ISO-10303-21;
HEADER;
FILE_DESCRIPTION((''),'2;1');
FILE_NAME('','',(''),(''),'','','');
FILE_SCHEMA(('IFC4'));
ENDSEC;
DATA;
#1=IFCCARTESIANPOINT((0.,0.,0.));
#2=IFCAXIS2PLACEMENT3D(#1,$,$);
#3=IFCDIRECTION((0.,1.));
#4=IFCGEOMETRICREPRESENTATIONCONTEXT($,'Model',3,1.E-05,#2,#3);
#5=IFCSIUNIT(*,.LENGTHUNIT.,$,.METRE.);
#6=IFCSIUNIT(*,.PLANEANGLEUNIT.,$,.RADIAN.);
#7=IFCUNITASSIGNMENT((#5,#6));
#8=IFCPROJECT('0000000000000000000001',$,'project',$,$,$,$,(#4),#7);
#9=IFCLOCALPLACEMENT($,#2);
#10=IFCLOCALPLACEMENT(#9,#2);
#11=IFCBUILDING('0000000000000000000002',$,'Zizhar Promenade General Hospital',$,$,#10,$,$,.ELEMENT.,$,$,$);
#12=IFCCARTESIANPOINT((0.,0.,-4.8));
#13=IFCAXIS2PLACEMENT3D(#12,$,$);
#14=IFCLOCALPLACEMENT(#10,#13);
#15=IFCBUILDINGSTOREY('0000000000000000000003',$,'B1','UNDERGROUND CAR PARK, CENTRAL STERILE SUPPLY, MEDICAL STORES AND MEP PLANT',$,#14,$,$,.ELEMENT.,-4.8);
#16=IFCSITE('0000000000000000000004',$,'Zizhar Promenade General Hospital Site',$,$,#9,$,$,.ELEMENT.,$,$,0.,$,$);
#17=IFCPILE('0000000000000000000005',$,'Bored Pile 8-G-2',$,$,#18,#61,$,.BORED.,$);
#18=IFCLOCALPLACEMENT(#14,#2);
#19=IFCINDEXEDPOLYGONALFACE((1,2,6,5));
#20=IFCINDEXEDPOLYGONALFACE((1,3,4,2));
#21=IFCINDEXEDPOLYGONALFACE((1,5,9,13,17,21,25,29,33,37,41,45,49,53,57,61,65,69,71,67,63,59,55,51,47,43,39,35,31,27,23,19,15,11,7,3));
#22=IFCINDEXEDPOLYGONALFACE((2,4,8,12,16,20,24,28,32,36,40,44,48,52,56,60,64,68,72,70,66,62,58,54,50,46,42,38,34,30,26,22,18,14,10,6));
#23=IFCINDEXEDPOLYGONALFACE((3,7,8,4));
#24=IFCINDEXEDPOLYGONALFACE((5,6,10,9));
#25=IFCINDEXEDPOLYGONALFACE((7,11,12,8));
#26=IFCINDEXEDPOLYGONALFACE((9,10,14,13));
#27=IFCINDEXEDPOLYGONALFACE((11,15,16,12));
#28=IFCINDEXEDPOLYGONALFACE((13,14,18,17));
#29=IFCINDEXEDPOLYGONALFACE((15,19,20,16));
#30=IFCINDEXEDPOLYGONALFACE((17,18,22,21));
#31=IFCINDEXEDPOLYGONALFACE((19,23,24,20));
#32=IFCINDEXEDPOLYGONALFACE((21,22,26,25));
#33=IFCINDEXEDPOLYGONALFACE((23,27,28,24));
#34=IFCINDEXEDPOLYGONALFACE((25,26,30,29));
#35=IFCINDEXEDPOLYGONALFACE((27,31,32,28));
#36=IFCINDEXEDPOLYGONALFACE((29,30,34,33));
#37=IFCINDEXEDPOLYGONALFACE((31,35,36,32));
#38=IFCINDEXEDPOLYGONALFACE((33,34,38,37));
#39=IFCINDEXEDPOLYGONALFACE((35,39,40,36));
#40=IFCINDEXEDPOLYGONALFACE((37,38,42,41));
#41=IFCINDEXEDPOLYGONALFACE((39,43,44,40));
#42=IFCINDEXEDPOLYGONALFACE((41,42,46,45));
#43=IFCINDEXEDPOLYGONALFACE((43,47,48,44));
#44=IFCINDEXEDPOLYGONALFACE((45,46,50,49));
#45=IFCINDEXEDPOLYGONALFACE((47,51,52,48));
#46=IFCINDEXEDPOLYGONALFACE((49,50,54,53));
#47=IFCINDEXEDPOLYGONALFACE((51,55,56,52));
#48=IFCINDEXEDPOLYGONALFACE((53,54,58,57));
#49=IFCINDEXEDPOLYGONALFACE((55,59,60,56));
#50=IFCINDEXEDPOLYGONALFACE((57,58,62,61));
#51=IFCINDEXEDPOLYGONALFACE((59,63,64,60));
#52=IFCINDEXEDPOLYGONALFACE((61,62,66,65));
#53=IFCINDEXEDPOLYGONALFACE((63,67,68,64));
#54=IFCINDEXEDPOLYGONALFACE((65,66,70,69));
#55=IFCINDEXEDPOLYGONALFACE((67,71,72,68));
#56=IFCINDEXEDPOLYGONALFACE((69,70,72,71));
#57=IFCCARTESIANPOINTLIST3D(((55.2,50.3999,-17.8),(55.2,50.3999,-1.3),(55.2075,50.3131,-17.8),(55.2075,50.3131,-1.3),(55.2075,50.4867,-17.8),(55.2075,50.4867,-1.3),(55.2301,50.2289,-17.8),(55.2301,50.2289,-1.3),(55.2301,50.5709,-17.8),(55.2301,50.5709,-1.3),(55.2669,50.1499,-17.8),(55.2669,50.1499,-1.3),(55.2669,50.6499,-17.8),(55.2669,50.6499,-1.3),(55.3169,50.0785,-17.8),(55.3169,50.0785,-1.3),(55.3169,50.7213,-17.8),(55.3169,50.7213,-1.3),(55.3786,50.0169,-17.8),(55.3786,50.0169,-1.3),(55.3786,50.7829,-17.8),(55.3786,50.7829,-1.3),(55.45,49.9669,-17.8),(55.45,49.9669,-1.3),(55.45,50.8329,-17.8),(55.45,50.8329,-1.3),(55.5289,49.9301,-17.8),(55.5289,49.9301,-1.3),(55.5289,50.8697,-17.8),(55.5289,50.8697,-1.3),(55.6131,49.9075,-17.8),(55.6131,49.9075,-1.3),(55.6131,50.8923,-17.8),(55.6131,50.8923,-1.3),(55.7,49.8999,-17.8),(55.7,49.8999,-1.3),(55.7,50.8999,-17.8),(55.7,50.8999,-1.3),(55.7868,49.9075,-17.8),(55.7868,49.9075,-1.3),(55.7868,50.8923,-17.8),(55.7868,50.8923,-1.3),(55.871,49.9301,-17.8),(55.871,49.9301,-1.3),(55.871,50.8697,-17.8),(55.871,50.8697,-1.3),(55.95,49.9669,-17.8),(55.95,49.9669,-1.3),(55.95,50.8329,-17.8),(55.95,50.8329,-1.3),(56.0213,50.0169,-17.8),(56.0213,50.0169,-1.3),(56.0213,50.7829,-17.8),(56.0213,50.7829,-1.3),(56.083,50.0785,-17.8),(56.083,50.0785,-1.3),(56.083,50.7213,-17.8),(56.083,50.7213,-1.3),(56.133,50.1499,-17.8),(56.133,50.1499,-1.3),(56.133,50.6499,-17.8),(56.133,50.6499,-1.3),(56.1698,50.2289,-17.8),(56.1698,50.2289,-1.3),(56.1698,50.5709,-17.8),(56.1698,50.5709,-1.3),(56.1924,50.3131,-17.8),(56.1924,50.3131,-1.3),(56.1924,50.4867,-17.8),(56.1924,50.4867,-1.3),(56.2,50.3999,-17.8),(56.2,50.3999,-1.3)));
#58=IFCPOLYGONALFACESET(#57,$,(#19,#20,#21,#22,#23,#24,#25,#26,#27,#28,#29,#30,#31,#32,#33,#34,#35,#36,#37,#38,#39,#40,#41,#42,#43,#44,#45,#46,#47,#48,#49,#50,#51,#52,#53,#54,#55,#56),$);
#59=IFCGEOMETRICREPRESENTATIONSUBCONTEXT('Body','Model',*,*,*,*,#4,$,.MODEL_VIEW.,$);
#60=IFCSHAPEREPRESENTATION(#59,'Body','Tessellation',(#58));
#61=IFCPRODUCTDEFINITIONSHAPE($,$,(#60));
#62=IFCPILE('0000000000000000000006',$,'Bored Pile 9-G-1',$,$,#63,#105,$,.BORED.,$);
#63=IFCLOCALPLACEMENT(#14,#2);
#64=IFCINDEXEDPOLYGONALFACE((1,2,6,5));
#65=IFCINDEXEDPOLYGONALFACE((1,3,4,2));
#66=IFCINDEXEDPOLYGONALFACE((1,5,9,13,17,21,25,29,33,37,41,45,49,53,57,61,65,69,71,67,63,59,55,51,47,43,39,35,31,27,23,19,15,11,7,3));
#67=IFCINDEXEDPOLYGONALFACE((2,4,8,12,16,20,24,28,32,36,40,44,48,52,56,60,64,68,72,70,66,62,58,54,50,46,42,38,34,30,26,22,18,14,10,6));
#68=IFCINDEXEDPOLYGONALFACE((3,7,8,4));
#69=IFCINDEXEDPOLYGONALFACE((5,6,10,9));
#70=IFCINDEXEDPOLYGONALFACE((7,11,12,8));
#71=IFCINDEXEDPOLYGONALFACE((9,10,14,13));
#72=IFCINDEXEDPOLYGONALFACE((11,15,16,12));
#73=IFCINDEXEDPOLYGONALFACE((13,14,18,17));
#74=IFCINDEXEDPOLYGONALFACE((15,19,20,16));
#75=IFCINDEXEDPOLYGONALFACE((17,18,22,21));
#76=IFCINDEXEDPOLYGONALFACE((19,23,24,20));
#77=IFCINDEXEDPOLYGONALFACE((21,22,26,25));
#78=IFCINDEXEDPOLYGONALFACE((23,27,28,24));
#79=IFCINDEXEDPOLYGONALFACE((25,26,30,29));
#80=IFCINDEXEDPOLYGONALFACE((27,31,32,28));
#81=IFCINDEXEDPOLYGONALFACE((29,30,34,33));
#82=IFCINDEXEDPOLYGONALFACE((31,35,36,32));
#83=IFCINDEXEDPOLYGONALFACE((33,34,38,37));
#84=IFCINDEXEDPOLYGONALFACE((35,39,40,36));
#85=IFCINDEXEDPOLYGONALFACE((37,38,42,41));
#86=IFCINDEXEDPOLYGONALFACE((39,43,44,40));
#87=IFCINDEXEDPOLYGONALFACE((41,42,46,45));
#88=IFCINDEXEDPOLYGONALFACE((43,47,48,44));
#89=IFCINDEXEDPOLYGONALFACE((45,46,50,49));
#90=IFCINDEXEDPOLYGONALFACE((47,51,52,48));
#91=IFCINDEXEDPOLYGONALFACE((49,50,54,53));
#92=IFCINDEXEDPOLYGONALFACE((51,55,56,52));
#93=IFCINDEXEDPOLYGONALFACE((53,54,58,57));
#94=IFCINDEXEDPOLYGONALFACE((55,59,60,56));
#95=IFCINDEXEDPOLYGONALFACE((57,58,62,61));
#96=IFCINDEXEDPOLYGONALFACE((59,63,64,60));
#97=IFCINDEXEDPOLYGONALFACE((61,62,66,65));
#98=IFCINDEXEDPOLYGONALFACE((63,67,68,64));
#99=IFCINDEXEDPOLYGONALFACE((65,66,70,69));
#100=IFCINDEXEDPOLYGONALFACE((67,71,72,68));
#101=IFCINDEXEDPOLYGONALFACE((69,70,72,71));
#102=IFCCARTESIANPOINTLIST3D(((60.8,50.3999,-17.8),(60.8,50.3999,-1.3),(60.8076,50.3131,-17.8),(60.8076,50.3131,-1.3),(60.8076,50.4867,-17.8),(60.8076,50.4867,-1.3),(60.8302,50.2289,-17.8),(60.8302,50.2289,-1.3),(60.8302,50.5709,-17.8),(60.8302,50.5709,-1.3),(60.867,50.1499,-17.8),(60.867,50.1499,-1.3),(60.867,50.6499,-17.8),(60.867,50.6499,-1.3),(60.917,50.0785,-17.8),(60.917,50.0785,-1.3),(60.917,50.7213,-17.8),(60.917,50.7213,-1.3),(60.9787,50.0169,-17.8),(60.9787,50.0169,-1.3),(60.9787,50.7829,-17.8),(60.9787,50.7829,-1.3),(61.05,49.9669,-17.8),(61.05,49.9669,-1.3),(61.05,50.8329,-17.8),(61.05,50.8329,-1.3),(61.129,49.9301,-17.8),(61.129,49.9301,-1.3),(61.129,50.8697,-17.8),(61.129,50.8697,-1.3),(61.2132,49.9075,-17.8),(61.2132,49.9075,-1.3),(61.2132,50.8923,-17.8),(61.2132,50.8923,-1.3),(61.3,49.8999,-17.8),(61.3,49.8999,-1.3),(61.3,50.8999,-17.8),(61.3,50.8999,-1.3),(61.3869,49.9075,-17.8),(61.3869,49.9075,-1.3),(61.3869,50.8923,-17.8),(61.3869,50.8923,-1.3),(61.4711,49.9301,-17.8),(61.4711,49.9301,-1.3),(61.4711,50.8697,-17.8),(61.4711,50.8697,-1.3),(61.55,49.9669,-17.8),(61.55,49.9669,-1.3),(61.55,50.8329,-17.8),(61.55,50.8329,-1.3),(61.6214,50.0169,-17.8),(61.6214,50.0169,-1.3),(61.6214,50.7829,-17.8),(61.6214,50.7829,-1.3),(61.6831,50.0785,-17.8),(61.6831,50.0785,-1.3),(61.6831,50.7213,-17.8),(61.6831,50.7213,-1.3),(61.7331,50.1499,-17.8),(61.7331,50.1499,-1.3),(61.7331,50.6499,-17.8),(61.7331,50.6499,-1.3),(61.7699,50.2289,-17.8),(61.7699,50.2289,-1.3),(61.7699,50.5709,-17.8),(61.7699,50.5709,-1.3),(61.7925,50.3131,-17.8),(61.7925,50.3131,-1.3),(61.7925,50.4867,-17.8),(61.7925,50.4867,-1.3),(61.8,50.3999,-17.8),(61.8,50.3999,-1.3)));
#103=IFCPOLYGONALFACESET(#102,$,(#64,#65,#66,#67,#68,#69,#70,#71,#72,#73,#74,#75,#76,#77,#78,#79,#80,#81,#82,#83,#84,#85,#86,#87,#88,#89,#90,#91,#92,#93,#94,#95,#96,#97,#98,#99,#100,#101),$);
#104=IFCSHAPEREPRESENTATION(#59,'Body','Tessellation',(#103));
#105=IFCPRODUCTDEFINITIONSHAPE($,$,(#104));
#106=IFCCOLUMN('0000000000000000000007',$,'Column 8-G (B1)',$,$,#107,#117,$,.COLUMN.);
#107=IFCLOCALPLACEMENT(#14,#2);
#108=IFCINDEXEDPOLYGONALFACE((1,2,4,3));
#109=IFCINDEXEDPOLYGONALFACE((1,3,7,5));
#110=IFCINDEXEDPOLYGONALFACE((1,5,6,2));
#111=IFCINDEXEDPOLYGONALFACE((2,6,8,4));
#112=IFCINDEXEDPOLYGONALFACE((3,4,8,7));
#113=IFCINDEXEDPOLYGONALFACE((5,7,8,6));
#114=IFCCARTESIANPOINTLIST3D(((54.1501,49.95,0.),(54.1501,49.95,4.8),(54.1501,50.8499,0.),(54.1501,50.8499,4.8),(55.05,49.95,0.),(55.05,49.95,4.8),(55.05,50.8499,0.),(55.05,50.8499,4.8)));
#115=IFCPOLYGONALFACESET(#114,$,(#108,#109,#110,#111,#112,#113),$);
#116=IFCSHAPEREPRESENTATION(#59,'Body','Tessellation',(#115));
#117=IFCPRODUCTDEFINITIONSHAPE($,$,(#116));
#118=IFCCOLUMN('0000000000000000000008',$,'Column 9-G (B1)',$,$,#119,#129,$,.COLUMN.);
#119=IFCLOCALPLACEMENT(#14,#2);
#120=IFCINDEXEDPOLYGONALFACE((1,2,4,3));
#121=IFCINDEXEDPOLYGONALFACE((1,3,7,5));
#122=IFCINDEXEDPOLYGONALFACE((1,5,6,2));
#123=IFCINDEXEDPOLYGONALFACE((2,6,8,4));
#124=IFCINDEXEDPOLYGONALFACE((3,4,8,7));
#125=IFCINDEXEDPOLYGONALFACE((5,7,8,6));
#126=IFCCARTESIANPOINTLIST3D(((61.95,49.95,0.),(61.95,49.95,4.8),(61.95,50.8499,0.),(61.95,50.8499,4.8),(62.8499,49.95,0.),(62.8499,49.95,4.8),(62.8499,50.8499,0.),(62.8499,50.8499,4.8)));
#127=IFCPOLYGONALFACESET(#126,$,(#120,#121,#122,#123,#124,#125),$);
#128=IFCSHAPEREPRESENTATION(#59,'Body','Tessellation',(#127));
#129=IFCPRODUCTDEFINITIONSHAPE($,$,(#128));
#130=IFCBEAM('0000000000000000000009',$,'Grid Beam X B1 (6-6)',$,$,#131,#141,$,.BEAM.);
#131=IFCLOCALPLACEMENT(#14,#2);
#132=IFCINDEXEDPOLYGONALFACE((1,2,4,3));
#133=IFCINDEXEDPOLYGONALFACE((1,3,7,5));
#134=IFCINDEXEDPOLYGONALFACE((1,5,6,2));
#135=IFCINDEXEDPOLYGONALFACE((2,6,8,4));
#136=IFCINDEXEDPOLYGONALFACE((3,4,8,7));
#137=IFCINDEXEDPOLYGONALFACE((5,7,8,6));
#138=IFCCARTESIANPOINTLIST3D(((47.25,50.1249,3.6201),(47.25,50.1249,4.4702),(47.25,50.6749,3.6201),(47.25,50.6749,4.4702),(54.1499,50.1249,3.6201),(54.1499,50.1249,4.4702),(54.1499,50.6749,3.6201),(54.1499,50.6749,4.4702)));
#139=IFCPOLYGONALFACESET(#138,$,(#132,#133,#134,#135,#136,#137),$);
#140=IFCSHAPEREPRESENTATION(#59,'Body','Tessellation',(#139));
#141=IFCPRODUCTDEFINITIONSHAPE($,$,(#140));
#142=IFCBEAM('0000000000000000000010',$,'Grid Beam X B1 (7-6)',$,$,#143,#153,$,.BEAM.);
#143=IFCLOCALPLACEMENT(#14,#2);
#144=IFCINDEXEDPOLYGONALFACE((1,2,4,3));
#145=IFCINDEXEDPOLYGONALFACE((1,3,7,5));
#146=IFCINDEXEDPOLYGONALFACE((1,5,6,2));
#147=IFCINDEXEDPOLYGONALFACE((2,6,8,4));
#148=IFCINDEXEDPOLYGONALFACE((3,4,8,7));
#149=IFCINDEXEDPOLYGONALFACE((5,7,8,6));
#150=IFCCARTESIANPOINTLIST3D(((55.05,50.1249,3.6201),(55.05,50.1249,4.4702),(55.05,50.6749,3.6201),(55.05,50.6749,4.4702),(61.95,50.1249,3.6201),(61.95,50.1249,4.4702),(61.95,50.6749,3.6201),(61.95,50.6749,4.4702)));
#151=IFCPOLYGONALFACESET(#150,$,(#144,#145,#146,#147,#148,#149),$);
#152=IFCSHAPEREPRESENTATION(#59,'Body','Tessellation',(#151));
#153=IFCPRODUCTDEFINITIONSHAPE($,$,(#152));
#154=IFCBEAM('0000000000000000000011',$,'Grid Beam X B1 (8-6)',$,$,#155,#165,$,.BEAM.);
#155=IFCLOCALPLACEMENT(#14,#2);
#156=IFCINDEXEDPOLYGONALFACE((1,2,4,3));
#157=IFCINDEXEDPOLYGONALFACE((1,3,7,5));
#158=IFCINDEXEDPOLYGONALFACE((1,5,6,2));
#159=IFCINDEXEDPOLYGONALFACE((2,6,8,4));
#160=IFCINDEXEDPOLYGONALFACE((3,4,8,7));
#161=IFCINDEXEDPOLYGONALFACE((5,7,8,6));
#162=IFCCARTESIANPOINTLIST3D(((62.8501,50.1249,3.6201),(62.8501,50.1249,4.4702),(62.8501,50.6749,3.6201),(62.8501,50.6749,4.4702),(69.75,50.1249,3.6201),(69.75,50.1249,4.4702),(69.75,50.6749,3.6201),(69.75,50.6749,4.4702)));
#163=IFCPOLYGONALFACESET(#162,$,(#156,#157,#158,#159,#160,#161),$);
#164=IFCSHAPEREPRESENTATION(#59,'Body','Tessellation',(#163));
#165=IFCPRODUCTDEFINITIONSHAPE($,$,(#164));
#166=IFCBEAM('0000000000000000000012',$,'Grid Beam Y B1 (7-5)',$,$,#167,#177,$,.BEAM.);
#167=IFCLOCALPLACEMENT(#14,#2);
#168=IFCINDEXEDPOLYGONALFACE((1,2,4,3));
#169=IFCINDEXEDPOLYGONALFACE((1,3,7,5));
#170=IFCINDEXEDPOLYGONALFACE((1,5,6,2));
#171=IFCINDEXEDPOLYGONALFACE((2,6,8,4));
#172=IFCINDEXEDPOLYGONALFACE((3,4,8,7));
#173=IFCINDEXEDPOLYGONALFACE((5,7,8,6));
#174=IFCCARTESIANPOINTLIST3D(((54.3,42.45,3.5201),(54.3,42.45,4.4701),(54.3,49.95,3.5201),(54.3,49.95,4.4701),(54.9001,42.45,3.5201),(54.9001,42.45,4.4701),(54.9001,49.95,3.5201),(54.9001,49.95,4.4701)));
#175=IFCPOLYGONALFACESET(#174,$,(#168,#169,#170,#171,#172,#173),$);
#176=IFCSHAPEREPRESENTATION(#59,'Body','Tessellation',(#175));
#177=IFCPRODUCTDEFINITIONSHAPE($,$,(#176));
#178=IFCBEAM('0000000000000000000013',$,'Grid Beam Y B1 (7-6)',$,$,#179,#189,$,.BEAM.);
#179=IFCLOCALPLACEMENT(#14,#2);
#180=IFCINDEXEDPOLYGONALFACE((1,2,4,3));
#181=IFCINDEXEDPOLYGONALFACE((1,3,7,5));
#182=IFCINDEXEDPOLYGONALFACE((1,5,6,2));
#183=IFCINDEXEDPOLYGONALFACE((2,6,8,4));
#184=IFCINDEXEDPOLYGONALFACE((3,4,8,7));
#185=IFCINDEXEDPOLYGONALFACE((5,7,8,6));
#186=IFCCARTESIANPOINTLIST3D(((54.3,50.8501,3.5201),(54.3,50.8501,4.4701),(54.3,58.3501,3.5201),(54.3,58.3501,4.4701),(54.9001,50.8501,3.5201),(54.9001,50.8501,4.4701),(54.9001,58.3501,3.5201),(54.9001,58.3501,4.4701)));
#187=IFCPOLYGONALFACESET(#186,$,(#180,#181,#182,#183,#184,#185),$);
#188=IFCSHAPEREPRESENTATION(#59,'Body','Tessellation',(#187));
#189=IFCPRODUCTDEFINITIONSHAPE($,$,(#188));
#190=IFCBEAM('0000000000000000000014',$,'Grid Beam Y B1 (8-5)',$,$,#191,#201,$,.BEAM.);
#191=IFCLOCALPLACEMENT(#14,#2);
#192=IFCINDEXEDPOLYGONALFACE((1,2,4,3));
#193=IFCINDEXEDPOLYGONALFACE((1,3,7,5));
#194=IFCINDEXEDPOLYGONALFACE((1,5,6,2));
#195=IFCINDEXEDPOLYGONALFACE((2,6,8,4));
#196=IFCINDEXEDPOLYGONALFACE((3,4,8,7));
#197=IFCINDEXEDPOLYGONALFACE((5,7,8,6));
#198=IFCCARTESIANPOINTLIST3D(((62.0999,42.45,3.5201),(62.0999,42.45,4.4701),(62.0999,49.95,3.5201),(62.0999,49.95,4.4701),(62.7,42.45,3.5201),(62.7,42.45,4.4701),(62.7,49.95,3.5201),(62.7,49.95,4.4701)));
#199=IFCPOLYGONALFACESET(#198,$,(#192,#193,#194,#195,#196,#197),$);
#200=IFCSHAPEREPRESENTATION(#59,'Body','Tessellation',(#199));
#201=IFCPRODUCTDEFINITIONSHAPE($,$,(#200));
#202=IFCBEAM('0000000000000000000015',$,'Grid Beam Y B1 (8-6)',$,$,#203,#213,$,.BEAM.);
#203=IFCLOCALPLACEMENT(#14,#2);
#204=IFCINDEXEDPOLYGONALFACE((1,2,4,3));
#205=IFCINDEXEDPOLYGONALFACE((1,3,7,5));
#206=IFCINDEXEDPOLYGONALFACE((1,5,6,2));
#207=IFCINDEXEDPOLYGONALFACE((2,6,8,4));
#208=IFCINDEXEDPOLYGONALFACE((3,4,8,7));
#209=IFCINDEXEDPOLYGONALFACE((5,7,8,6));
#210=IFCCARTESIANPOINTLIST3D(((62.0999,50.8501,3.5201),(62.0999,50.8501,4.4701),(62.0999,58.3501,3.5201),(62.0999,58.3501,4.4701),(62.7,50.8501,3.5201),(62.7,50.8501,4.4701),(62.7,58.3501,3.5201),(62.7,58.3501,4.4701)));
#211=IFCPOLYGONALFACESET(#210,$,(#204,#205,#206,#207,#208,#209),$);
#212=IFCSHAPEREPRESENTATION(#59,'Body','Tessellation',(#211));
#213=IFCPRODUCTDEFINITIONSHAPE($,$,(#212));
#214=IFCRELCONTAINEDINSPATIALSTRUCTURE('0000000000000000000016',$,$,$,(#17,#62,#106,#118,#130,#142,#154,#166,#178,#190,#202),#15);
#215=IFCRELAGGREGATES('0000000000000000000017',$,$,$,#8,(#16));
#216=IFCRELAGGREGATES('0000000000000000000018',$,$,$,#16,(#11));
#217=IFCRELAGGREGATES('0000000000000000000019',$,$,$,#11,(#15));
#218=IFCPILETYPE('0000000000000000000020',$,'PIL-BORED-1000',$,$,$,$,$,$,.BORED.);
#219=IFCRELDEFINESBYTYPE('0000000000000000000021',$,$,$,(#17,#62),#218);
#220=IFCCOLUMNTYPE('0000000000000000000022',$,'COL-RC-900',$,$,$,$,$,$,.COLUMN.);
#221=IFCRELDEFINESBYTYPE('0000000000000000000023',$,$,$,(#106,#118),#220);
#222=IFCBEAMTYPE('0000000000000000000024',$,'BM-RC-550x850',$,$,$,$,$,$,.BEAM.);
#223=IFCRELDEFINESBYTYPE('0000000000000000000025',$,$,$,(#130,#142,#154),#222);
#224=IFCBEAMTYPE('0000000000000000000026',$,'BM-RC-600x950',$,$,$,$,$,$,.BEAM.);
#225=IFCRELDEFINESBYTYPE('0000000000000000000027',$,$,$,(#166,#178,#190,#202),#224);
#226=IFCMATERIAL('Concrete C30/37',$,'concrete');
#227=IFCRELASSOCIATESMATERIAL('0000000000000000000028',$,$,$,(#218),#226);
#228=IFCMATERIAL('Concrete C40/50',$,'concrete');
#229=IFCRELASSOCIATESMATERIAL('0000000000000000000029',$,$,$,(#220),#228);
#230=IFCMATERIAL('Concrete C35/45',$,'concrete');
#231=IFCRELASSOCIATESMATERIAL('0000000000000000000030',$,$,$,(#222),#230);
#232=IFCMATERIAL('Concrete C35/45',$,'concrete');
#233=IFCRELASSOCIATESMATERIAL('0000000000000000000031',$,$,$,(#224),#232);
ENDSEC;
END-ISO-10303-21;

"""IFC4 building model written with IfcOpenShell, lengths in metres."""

from ifc_helpers import new_model, si_unit, direction, frame, origin, origin_2d, place, context, subcontext, project, spatial, rectangle, circle, extrude, material, material_profile, profile_set, type_object, element, save


model = new_model("IFC4")

# Units and contexts
model_context = context("Model", 3, precision=1e-05, world=origin(), true_north=direction((0.0, 1.0)))
body_context = subcontext(model_context, "Body", "Model", "MODEL_VIEW")
ifc_project = project(units=[si_unit("LENGTHUNIT", "METRE"), si_unit("PLANEANGLEUNIT", "RADIAN")], contexts=[model_context])

# Site, building, storey
site_placement = place(None, origin())
site = spatial("IfcSite", under=ifc_project, at=site_placement, Name="Zizhar Promenade General Hospital Site", CompositionType="ELEMENT", RefElevation=0.0)
building_placement = place(site_placement, origin())
building = spatial("IfcBuilding", under=site, at=building_placement, Name="Zizhar Promenade General Hospital", CompositionType="ELEMENT")
storey_placement = place(building_placement, frame((0.0, 0.0, -4.8)))
storey = spatial("IfcBuildingStorey", under=building, at=storey_placement, Name="B1", Description="UNDERGROUND CAR PARK, CENTRAL STERILE SUPPLY, MEDICAL STORES AND MEP PLANT", CompositionType="ELEMENT", Elevation=-4.8)

# Piles
ifc_material_1 = material(Name="Concrete C30/37", Category="concrete")
ifc_material_profile_1 = material_profile(ifc_material_1, circle(Radius=0.5, at=origin_2d()))
ifc_profile_set_1 = profile_set([ifc_material_profile_1], Name="Concrete C30/37")
pile_type = type_object("IfcPileType", Name="PIL-BORED-1000", PredefinedType="BORED", material=ifc_profile_set_1)
for number, where, z_axis, x_axis, name in (
    (1, (55.7, 50.3999, -1.3), (0.0, 0.0, -1.0), (1.0, 0.0, 0.0), "Bored Pile 8-G-2"),
    (2, (61.3, 50.3999, -1.3), (0.0, 0.0, -1.0), (1.0, 0.0, 0.0), "Bored Pile 9-G-1"),
):
    element("IfcPile", number, at=place(storey_placement, frame(where, z_axis=z_axis, x_axis=x_axis)), inside=storey, type_object=pile_type, Name=name, PredefinedType="BORED", context=body_context, shape_type="SweptSolid", body=[
        extrude(circle(Radius=0.5, at=origin_2d()), origin(), (0.0, 0.0, 1.0), 16.5),
    ])

# Columns
ifc_material_2 = material(Name="Concrete C40/50", Category="concrete")
ifc_material_profile_2 = material_profile(ifc_material_2, rectangle(XDim=0.8999, YDim=0.8999, at=origin_2d()))
ifc_profile_set_2 = profile_set([ifc_material_profile_2], Name="Concrete C40/50")
column_type = type_object("IfcColumnType", Name="COL-RC-900", PredefinedType="COLUMN", material=ifc_profile_set_2)
for number, where, z_axis, x_axis, name in (
    (3, (54.6001, 50.3999, 0.0), (0.0, 0.0, 1.0), (1.0, 0.0, 0.0), "Column 8-G (B1)"),
    (4, (62.3999, 50.3999, 0.0), (0.0, 0.0, 1.0), (1.0, 0.0, 0.0), "Column 9-G (B1)"),
):
    element("IfcColumn", number, at=place(storey_placement, frame(where, z_axis=z_axis, x_axis=x_axis)), inside=storey, type_object=column_type, Name=name, PredefinedType="COLUMN", context=body_context, shape_type="SweptSolid", body=[
        extrude(rectangle(XDim=0.8999, YDim=0.8999, at=origin_2d()), origin(), (0.0, 0.0, 1.0), 4.8),
    ])

# Beams
ifc_material_3 = material(Name="Concrete C35/45", Category="concrete")
ifc_material_profile_3 = material_profile(ifc_material_3, rectangle(XDim=0.55, YDim=0.8501, at=origin_2d()))
ifc_profile_set_3 = profile_set([ifc_material_profile_3], Name="Concrete C35/45")
beam_type_1 = type_object("IfcBeamType", Name="BM-RC-550x850", PredefinedType="BEAM", material=ifc_profile_set_3)
for number, where, z_axis, x_axis, name in (
    (5, (47.25, 50.3999, 4.0452), (1.0, 0.0, 0.0), (0.0, 1.0, 0.0), "Grid Beam X B1 (6-6)"),
    (6, (55.05, 50.3999, 4.0452), (1.0, 0.0, 0.0), (0.0, 1.0, 0.0), "Grid Beam X B1 (7-6)"),
    (7, (62.8501, 50.3999, 4.0452), (1.0, 0.0, 0.0), (0.0, 1.0, 0.0), "Grid Beam X B1 (8-6)"),
):
    element("IfcBeam", number, at=place(storey_placement, frame(where, z_axis=z_axis, x_axis=x_axis)), inside=storey, type_object=beam_type_1, Name=name, PredefinedType="BEAM", context=body_context, shape_type="SweptSolid", body=[
        extrude(rectangle(XDim=0.55, YDim=0.8501, at=origin_2d()), origin(), (0.0, 0.0, 1.0), 6.8999),
    ])
ifc_material_4 = material(Name="Concrete C35/45", Category="concrete")
ifc_material_profile_4 = material_profile(ifc_material_4, rectangle(XDim=0.6001, YDim=0.95, at=origin_2d()))
ifc_profile_set_4 = profile_set([ifc_material_profile_4], Name="Concrete C35/45")
beam_type_2 = type_object("IfcBeamType", Name="BM-RC-600x950", PredefinedType="BEAM", material=ifc_profile_set_4)
for number, where, z_axis, x_axis, name in (
    (8, (54.6001, 42.45, 3.9951), (0.0, 1.0, 0.0), (-1.0, 0.0, 0.0), "Grid Beam Y B1 (7-5)"),
    (9, (54.6001, 50.8501, 3.9951), (0.0, 1.0, 0.0), (-1.0, 0.0, 0.0), "Grid Beam Y B1 (7-6)"),
    (10, (62.3999, 42.45, 3.9951), (0.0, 1.0, 0.0), (-1.0, 0.0, 0.0), "Grid Beam Y B1 (8-5)"),
    (11, (62.3999, 50.8501, 3.9951), (0.0, 1.0, 0.0), (-1.0, 0.0, 0.0), "Grid Beam Y B1 (8-6)"),
):
    element("IfcBeam", number, at=place(storey_placement, frame(where, z_axis=z_axis, x_axis=x_axis)), inside=storey, type_object=beam_type_2, Name=name, PredefinedType="BEAM", context=body_context, shape_type="SweptSolid", body=[
        extrude(rectangle(XDim=0.6001, YDim=0.95, at=origin_2d()), origin(), (0.0, 0.0, 1.0), 7.5),
    ])

save(model, "model.ifc")
